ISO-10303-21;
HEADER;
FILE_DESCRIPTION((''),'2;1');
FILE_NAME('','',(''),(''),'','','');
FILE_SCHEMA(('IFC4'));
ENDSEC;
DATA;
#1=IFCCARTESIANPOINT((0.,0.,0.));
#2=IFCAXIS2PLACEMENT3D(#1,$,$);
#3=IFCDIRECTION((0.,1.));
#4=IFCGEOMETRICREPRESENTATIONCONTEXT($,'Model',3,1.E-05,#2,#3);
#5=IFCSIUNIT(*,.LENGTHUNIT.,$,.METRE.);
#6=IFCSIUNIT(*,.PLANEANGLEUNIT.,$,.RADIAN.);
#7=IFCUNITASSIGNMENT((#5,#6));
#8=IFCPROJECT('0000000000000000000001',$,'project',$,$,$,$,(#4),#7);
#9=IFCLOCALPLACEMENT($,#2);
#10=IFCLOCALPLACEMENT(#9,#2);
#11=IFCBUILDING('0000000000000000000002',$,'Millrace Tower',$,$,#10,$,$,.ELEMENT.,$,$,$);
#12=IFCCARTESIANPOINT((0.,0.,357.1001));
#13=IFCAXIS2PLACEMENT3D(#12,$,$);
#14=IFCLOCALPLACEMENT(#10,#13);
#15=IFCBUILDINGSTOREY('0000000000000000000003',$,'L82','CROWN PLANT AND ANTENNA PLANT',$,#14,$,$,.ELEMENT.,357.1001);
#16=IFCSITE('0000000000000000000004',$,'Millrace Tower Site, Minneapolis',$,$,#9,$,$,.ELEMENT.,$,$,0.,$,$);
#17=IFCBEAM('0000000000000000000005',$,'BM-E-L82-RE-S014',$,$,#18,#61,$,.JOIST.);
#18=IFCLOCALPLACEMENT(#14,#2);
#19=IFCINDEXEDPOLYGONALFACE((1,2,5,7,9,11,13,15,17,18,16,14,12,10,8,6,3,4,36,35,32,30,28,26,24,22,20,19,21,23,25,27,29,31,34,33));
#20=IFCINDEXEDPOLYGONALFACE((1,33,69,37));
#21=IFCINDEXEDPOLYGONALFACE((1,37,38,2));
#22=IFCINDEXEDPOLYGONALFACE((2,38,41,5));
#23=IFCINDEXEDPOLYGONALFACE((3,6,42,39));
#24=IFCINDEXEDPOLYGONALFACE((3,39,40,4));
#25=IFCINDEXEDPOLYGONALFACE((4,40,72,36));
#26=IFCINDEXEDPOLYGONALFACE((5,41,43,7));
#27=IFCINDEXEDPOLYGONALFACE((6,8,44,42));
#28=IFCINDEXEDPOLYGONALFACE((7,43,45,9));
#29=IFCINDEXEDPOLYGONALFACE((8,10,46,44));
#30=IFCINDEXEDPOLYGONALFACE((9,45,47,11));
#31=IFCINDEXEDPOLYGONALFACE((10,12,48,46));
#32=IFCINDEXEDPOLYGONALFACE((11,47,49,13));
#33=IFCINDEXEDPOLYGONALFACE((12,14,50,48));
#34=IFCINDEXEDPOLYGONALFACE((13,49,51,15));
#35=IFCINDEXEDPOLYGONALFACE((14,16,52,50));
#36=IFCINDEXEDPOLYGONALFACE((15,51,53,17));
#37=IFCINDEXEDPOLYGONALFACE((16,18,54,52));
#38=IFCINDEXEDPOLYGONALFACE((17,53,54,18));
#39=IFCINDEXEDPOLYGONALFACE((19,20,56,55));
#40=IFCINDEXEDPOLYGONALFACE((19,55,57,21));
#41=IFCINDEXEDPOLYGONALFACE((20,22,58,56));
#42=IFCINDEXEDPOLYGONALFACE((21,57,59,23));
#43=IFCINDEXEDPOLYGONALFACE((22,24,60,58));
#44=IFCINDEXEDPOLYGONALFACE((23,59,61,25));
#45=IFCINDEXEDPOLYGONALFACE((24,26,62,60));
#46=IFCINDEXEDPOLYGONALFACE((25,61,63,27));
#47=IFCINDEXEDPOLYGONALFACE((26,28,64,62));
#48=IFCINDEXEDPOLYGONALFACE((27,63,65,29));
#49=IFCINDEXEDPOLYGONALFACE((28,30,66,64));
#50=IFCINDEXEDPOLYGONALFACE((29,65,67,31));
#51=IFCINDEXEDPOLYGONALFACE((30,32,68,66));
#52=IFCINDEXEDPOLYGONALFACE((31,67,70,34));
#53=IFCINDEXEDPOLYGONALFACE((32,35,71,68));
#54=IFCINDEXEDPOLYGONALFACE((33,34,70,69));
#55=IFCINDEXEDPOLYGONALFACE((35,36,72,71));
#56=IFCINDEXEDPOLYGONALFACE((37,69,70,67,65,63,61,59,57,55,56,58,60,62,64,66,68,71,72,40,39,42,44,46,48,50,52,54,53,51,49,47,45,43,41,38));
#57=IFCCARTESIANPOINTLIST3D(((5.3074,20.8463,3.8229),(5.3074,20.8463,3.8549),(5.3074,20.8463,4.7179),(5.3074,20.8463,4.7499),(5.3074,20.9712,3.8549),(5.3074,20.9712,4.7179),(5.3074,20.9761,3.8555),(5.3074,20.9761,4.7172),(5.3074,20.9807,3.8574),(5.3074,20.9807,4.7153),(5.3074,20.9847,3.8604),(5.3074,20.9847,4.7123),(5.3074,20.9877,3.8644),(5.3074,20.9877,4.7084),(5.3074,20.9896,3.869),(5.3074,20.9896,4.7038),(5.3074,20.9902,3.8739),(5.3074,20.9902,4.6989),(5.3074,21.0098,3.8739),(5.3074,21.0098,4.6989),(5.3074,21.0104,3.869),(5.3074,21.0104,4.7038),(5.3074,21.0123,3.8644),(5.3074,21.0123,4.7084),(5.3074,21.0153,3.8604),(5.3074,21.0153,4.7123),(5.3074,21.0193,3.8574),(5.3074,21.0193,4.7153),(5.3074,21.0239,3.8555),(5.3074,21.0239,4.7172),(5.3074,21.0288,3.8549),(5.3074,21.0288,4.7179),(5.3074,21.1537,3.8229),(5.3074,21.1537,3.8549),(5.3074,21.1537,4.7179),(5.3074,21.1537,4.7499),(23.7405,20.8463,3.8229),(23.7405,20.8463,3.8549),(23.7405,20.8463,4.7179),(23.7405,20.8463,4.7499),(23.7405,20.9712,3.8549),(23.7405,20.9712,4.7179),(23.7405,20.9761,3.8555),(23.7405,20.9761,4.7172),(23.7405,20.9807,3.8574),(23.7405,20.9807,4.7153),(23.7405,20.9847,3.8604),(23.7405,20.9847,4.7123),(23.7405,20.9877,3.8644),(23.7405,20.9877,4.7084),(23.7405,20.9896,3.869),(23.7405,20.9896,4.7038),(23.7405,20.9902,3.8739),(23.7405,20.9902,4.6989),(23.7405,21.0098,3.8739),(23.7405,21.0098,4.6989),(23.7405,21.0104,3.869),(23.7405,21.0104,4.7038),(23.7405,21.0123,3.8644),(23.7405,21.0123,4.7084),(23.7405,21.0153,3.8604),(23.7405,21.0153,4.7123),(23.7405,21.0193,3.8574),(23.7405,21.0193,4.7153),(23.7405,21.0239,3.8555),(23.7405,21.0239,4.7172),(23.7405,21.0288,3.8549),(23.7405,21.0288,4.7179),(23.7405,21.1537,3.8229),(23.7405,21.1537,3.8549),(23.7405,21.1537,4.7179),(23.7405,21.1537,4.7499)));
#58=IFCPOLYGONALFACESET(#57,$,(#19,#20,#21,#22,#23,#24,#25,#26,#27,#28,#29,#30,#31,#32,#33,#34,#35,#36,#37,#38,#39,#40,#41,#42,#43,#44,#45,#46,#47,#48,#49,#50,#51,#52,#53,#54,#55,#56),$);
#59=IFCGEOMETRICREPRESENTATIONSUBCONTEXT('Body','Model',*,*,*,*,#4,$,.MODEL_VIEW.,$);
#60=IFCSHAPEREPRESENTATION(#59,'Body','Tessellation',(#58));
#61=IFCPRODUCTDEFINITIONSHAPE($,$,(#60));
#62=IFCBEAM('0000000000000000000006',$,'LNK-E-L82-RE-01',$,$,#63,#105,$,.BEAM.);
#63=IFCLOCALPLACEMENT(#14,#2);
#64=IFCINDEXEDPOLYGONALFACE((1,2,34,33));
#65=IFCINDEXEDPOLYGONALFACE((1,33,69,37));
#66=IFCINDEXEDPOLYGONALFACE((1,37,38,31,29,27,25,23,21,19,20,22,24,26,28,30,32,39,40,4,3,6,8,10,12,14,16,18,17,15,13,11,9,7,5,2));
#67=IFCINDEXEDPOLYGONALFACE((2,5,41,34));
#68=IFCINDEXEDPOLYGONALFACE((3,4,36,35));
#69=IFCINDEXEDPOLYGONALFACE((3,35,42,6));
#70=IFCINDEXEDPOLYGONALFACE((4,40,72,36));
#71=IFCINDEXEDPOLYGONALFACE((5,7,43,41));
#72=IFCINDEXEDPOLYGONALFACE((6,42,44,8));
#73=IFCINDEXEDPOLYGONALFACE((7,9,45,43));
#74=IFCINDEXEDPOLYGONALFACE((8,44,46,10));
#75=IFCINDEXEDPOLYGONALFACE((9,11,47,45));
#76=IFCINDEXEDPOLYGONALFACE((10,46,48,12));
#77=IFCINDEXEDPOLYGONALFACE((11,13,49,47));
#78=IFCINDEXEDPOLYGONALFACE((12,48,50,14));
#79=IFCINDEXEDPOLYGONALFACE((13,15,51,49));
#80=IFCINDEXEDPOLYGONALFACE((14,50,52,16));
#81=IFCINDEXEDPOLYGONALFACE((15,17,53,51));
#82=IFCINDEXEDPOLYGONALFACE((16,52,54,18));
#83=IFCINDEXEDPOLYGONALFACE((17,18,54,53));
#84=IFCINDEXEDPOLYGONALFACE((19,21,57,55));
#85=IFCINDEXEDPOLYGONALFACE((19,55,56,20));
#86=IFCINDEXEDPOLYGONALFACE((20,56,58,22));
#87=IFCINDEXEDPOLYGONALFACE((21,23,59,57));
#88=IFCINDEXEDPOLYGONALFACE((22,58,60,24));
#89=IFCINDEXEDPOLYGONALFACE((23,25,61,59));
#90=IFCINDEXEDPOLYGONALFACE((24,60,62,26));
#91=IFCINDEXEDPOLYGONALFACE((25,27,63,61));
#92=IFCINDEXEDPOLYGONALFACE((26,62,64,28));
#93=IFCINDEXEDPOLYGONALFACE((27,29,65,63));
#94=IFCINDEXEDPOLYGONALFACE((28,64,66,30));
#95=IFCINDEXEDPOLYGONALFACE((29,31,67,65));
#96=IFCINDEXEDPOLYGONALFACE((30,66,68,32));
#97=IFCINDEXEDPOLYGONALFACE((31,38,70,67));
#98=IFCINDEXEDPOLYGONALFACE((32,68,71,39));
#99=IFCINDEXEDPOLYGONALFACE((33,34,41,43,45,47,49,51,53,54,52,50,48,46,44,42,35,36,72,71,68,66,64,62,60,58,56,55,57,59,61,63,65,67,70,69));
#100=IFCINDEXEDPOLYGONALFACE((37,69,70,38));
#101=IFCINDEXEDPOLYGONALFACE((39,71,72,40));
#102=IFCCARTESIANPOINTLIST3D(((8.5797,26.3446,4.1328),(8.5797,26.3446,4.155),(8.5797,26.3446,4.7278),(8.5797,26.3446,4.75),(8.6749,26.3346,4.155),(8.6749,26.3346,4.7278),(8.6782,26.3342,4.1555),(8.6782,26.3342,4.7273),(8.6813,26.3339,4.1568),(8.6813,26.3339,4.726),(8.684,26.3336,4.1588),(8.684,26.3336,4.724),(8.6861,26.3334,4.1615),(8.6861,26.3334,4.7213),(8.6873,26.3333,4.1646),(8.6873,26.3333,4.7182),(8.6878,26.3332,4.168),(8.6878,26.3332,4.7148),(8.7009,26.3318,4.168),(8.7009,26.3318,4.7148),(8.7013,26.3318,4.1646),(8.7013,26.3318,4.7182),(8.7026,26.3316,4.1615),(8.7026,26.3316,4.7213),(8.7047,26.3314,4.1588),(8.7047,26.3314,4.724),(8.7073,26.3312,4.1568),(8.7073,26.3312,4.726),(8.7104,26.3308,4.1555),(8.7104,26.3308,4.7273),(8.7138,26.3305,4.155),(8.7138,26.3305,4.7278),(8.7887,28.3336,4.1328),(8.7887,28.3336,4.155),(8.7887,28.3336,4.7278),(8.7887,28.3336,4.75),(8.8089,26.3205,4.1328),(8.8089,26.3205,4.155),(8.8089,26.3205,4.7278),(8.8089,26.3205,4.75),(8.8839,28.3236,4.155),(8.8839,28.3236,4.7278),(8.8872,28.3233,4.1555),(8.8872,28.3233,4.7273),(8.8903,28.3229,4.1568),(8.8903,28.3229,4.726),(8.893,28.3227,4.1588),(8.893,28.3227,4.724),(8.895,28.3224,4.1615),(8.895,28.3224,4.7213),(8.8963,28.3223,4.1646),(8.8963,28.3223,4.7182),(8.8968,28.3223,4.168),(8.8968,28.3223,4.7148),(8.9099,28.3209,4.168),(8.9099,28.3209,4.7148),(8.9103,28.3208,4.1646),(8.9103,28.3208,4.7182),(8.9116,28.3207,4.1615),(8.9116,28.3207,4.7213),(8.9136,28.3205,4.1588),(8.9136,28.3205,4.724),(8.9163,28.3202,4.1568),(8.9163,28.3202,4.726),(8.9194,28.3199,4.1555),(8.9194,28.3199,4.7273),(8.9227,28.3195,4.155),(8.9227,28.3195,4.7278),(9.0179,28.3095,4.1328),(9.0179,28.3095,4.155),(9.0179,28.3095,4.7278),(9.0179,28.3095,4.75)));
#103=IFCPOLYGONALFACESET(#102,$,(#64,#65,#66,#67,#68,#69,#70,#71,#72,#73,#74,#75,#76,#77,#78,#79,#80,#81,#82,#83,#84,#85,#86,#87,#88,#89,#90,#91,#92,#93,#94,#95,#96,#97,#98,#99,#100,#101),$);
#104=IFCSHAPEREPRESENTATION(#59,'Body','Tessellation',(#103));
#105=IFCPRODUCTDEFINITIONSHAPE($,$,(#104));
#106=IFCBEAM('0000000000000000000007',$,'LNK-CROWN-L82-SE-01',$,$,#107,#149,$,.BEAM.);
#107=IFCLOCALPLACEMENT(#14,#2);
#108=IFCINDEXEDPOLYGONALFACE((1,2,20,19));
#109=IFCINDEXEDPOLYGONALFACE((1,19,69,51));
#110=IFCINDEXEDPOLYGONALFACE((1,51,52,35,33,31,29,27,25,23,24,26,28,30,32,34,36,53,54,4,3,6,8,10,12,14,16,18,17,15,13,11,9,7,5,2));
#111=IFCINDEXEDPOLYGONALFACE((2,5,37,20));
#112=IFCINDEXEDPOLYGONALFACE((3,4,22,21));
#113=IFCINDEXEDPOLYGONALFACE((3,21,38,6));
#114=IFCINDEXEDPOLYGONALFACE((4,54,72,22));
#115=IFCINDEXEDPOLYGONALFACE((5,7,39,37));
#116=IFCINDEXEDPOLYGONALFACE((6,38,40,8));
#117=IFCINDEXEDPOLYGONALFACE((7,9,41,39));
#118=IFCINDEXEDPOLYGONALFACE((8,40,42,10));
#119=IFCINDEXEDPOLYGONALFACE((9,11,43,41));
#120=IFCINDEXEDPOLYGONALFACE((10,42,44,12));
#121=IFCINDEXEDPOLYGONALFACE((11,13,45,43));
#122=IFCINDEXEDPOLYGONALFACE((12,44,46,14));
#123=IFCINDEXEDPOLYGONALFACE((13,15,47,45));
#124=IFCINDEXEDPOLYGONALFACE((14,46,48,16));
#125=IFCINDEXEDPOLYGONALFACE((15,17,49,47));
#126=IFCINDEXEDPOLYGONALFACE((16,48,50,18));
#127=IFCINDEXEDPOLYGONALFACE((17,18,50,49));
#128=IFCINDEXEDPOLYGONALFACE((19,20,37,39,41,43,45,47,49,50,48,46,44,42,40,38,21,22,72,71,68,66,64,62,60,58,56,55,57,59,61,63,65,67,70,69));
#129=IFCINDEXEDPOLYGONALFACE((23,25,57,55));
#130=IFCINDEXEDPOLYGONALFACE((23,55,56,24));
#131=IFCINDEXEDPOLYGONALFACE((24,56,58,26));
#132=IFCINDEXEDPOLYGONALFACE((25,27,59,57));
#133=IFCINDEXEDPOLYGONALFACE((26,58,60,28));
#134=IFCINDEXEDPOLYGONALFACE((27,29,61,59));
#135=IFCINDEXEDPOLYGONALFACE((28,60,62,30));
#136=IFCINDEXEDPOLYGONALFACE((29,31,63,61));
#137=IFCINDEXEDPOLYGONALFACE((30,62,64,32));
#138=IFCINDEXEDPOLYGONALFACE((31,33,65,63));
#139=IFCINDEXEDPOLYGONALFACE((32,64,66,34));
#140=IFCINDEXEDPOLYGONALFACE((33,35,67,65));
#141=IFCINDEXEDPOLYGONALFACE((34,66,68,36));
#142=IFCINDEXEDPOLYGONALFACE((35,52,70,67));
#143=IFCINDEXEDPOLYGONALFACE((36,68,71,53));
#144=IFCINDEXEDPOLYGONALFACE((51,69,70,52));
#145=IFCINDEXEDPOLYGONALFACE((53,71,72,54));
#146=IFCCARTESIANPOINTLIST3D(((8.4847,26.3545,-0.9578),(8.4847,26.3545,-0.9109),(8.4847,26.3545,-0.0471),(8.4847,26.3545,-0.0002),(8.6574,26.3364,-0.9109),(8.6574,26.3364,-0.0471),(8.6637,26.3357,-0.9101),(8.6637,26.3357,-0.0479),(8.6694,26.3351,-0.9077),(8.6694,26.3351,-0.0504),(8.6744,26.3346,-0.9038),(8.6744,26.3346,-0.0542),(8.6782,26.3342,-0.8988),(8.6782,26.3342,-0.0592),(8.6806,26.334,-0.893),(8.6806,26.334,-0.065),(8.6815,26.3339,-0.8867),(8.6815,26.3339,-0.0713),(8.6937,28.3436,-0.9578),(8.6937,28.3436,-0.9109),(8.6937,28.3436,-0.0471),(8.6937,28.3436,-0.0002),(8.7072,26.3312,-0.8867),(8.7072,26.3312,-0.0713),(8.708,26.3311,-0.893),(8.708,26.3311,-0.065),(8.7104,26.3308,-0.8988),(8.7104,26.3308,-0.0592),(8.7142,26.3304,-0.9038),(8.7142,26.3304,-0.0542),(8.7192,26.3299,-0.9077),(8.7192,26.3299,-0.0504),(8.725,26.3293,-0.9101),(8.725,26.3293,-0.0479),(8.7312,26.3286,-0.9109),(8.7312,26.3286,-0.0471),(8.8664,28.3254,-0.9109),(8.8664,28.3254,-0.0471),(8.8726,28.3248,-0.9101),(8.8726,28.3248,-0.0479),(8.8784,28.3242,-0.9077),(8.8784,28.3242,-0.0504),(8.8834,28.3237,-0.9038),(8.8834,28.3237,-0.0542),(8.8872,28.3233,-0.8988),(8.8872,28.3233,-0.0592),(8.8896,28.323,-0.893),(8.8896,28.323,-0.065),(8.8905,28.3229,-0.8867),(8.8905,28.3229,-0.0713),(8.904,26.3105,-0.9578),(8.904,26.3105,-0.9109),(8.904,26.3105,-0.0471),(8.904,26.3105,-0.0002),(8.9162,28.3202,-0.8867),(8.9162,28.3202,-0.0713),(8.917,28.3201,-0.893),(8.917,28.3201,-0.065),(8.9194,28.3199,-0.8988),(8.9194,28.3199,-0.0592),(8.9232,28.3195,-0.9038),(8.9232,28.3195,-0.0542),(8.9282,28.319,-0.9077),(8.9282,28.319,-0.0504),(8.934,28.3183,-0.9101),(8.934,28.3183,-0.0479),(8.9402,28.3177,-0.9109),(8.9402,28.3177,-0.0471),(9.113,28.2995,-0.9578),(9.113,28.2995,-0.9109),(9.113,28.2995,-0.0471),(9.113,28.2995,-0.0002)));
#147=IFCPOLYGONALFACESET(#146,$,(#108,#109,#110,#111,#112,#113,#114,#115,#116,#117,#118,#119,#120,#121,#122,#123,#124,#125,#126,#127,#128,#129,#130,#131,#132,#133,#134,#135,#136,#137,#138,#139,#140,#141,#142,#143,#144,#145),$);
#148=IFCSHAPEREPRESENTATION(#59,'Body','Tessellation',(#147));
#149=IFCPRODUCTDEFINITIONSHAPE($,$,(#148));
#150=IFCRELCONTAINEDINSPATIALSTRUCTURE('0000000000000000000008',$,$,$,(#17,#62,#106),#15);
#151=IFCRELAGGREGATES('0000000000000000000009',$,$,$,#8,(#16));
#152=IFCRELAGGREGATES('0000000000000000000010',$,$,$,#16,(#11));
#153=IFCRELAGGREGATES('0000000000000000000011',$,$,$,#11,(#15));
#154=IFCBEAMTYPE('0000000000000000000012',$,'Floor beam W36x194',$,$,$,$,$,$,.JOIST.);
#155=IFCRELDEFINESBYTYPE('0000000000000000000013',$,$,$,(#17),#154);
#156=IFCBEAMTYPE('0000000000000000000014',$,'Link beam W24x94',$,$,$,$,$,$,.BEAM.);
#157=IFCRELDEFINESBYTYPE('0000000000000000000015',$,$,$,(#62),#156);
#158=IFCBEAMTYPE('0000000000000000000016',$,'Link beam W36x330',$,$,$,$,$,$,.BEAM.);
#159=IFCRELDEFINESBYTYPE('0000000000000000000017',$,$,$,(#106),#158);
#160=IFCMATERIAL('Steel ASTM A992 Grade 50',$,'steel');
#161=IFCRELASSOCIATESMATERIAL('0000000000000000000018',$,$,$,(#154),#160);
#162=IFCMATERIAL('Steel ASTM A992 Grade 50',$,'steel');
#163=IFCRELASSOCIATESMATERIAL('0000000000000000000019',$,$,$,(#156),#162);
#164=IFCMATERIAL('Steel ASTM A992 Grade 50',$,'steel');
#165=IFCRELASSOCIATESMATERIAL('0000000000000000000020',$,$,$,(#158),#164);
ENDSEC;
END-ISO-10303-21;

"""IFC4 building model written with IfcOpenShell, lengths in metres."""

from ifc_helpers import new_model, si_unit, direction, frame, origin, origin_2d, place, context, subcontext, project, spatial, i_section, extrude, material, material_profile, profile_set, type_object, element, save


model = new_model("IFC4")

# Units and contexts
model_context = context("Model", 3, precision=1e-05, world=origin(), true_north=direction((0.0, 1.0)))
body_context = subcontext(model_context, "Body", "Model", "MODEL_VIEW")
ifc_project = project(units=[si_unit("LENGTHUNIT", "METRE"), si_unit("PLANEANGLEUNIT", "RADIAN")], contexts=[model_context])

# Site, building, storey
site_placement = place(None, origin())
site = spatial("IfcSite", under=ifc_project, at=site_placement, Name="Millrace Tower Site, Minneapolis", CompositionType="ELEMENT", RefElevation=0.0)
building_placement = place(site_placement, origin())
building = spatial("IfcBuilding", under=site, at=building_placement, Name="Millrace Tower", CompositionType="ELEMENT")
storey_placement = place(building_placement, frame((0.0, 0.0, 357.1001)))
storey = spatial("IfcBuildingStorey", under=building, at=storey_placement, Name="L82", Description="CROWN PLANT AND ANTENNA PLANT", CompositionType="ELEMENT", Elevation=357.1001)

# Beams
ifc_material_1 = material(Name="Steel ASTM A992 Grade 50", Category="steel")
ifc_material_profile_1 = material_profile(ifc_material_1, i_section(OverallWidth=0.3074, OverallDepth=0.927, WebThickness=0.0195, FlangeThickness=0.032, FilletRadius=0.019, at=origin_2d()))
ifc_profile_set_1 = profile_set([ifc_material_profile_1], Name="Steel ASTM A992 Grade 50")
beam_type_1 = type_object("IfcBeamType", Name="Floor beam W36x194", PredefinedType="JOIST", material=ifc_profile_set_1)
for number, where, z_axis, x_axis, name in (
    (1, (5.3074, 21.0, 4.2864), (1.0, 0.0, 0.0), (0.0, 1.0, 0.0), "BM-E-L82-RE-S014"),
):
    element("IfcBeam", number, at=place(storey_placement, frame(where, z_axis=z_axis, x_axis=x_axis)), inside=storey, type_object=beam_type_1, Name=name, PredefinedType="JOIST", context=body_context, shape_type="SweptSolid", body=[
        extrude(i_section(OverallWidth=0.3074, OverallDepth=0.927, WebThickness=0.0195, FlangeThickness=0.032, FilletRadius=0.019, at=origin_2d()), origin(), (0.0, 0.0, 1.0), 18.4331),
    ])
ifc_material_2 = material(Name="Steel ASTM A992 Grade 50", Category="steel")
ifc_material_profile_2 = material_profile(ifc_material_2, i_section(OverallWidth=0.2305, OverallDepth=0.6172, WebThickness=0.0132, FlangeThickness=0.0222, FilletRadius=0.0129, at=origin_2d()))
ifc_profile_set_2 = profile_set([ifc_material_profile_2], Name="Steel ASTM A992 Grade 50")
beam_type_2 = type_object("IfcBeamType", Name="Link beam W24x94", PredefinedType="BEAM", material=ifc_profile_set_2)
beam_1_placement = place(storey_placement, frame((8.6943, 26.3325, 4.4414), z_axis=(0.104494, 0.994526, 0.0), x_axis=(-0.994526, 0.104494, 0.0)))
element("IfcBeam", 2, at=beam_1_placement, inside=storey, type_object=beam_type_2, Name="LNK-E-L82-RE-01", PredefinedType="BEAM", context=body_context, shape_type="SweptSolid", body=[
    extrude(i_section(OverallWidth=0.2305, OverallDepth=0.6172, WebThickness=0.0132, FlangeThickness=0.0222, FilletRadius=0.0129, at=origin_2d()), origin(), (0.0, 0.0, 1.0), 2.0),
])
ifc_material_3 = material(Name="Steel ASTM A992 Grade 50", Category="steel")
ifc_material_profile_3 = material_profile(ifc_material_3, i_section(OverallWidth=0.4216, OverallDepth=0.9575, WebThickness=0.0259, FlangeThickness=0.0469, FilletRadius=0.0242, at=origin_2d()))
ifc_profile_set_3 = profile_set([ifc_material_profile_3], Name="Steel ASTM A992 Grade 50")
beam_type_3 = type_object("IfcBeamType", Name="Link beam W36x330", PredefinedType="BEAM", material=ifc_profile_set_3)
beam_2_placement = place(storey_placement, frame((8.6943, 26.3325, -0.479), z_axis=(0.104494, 0.994526, 0.0), x_axis=(-0.994526, 0.104494, 0.0)))
element("IfcBeam", 3, at=beam_2_placement, inside=storey, type_object=beam_type_3, Name="LNK-CROWN-L82-SE-01", PredefinedType="BEAM", context=body_context, shape_type="SweptSolid", body=[
    extrude(i_section(OverallWidth=0.4216, OverallDepth=0.9575, WebThickness=0.0259, FlangeThickness=0.0469, FilletRadius=0.0242, at=origin_2d()), origin(), (0.0, 0.0, 1.0), 2.0),
])

save(model, "model.ifc")
